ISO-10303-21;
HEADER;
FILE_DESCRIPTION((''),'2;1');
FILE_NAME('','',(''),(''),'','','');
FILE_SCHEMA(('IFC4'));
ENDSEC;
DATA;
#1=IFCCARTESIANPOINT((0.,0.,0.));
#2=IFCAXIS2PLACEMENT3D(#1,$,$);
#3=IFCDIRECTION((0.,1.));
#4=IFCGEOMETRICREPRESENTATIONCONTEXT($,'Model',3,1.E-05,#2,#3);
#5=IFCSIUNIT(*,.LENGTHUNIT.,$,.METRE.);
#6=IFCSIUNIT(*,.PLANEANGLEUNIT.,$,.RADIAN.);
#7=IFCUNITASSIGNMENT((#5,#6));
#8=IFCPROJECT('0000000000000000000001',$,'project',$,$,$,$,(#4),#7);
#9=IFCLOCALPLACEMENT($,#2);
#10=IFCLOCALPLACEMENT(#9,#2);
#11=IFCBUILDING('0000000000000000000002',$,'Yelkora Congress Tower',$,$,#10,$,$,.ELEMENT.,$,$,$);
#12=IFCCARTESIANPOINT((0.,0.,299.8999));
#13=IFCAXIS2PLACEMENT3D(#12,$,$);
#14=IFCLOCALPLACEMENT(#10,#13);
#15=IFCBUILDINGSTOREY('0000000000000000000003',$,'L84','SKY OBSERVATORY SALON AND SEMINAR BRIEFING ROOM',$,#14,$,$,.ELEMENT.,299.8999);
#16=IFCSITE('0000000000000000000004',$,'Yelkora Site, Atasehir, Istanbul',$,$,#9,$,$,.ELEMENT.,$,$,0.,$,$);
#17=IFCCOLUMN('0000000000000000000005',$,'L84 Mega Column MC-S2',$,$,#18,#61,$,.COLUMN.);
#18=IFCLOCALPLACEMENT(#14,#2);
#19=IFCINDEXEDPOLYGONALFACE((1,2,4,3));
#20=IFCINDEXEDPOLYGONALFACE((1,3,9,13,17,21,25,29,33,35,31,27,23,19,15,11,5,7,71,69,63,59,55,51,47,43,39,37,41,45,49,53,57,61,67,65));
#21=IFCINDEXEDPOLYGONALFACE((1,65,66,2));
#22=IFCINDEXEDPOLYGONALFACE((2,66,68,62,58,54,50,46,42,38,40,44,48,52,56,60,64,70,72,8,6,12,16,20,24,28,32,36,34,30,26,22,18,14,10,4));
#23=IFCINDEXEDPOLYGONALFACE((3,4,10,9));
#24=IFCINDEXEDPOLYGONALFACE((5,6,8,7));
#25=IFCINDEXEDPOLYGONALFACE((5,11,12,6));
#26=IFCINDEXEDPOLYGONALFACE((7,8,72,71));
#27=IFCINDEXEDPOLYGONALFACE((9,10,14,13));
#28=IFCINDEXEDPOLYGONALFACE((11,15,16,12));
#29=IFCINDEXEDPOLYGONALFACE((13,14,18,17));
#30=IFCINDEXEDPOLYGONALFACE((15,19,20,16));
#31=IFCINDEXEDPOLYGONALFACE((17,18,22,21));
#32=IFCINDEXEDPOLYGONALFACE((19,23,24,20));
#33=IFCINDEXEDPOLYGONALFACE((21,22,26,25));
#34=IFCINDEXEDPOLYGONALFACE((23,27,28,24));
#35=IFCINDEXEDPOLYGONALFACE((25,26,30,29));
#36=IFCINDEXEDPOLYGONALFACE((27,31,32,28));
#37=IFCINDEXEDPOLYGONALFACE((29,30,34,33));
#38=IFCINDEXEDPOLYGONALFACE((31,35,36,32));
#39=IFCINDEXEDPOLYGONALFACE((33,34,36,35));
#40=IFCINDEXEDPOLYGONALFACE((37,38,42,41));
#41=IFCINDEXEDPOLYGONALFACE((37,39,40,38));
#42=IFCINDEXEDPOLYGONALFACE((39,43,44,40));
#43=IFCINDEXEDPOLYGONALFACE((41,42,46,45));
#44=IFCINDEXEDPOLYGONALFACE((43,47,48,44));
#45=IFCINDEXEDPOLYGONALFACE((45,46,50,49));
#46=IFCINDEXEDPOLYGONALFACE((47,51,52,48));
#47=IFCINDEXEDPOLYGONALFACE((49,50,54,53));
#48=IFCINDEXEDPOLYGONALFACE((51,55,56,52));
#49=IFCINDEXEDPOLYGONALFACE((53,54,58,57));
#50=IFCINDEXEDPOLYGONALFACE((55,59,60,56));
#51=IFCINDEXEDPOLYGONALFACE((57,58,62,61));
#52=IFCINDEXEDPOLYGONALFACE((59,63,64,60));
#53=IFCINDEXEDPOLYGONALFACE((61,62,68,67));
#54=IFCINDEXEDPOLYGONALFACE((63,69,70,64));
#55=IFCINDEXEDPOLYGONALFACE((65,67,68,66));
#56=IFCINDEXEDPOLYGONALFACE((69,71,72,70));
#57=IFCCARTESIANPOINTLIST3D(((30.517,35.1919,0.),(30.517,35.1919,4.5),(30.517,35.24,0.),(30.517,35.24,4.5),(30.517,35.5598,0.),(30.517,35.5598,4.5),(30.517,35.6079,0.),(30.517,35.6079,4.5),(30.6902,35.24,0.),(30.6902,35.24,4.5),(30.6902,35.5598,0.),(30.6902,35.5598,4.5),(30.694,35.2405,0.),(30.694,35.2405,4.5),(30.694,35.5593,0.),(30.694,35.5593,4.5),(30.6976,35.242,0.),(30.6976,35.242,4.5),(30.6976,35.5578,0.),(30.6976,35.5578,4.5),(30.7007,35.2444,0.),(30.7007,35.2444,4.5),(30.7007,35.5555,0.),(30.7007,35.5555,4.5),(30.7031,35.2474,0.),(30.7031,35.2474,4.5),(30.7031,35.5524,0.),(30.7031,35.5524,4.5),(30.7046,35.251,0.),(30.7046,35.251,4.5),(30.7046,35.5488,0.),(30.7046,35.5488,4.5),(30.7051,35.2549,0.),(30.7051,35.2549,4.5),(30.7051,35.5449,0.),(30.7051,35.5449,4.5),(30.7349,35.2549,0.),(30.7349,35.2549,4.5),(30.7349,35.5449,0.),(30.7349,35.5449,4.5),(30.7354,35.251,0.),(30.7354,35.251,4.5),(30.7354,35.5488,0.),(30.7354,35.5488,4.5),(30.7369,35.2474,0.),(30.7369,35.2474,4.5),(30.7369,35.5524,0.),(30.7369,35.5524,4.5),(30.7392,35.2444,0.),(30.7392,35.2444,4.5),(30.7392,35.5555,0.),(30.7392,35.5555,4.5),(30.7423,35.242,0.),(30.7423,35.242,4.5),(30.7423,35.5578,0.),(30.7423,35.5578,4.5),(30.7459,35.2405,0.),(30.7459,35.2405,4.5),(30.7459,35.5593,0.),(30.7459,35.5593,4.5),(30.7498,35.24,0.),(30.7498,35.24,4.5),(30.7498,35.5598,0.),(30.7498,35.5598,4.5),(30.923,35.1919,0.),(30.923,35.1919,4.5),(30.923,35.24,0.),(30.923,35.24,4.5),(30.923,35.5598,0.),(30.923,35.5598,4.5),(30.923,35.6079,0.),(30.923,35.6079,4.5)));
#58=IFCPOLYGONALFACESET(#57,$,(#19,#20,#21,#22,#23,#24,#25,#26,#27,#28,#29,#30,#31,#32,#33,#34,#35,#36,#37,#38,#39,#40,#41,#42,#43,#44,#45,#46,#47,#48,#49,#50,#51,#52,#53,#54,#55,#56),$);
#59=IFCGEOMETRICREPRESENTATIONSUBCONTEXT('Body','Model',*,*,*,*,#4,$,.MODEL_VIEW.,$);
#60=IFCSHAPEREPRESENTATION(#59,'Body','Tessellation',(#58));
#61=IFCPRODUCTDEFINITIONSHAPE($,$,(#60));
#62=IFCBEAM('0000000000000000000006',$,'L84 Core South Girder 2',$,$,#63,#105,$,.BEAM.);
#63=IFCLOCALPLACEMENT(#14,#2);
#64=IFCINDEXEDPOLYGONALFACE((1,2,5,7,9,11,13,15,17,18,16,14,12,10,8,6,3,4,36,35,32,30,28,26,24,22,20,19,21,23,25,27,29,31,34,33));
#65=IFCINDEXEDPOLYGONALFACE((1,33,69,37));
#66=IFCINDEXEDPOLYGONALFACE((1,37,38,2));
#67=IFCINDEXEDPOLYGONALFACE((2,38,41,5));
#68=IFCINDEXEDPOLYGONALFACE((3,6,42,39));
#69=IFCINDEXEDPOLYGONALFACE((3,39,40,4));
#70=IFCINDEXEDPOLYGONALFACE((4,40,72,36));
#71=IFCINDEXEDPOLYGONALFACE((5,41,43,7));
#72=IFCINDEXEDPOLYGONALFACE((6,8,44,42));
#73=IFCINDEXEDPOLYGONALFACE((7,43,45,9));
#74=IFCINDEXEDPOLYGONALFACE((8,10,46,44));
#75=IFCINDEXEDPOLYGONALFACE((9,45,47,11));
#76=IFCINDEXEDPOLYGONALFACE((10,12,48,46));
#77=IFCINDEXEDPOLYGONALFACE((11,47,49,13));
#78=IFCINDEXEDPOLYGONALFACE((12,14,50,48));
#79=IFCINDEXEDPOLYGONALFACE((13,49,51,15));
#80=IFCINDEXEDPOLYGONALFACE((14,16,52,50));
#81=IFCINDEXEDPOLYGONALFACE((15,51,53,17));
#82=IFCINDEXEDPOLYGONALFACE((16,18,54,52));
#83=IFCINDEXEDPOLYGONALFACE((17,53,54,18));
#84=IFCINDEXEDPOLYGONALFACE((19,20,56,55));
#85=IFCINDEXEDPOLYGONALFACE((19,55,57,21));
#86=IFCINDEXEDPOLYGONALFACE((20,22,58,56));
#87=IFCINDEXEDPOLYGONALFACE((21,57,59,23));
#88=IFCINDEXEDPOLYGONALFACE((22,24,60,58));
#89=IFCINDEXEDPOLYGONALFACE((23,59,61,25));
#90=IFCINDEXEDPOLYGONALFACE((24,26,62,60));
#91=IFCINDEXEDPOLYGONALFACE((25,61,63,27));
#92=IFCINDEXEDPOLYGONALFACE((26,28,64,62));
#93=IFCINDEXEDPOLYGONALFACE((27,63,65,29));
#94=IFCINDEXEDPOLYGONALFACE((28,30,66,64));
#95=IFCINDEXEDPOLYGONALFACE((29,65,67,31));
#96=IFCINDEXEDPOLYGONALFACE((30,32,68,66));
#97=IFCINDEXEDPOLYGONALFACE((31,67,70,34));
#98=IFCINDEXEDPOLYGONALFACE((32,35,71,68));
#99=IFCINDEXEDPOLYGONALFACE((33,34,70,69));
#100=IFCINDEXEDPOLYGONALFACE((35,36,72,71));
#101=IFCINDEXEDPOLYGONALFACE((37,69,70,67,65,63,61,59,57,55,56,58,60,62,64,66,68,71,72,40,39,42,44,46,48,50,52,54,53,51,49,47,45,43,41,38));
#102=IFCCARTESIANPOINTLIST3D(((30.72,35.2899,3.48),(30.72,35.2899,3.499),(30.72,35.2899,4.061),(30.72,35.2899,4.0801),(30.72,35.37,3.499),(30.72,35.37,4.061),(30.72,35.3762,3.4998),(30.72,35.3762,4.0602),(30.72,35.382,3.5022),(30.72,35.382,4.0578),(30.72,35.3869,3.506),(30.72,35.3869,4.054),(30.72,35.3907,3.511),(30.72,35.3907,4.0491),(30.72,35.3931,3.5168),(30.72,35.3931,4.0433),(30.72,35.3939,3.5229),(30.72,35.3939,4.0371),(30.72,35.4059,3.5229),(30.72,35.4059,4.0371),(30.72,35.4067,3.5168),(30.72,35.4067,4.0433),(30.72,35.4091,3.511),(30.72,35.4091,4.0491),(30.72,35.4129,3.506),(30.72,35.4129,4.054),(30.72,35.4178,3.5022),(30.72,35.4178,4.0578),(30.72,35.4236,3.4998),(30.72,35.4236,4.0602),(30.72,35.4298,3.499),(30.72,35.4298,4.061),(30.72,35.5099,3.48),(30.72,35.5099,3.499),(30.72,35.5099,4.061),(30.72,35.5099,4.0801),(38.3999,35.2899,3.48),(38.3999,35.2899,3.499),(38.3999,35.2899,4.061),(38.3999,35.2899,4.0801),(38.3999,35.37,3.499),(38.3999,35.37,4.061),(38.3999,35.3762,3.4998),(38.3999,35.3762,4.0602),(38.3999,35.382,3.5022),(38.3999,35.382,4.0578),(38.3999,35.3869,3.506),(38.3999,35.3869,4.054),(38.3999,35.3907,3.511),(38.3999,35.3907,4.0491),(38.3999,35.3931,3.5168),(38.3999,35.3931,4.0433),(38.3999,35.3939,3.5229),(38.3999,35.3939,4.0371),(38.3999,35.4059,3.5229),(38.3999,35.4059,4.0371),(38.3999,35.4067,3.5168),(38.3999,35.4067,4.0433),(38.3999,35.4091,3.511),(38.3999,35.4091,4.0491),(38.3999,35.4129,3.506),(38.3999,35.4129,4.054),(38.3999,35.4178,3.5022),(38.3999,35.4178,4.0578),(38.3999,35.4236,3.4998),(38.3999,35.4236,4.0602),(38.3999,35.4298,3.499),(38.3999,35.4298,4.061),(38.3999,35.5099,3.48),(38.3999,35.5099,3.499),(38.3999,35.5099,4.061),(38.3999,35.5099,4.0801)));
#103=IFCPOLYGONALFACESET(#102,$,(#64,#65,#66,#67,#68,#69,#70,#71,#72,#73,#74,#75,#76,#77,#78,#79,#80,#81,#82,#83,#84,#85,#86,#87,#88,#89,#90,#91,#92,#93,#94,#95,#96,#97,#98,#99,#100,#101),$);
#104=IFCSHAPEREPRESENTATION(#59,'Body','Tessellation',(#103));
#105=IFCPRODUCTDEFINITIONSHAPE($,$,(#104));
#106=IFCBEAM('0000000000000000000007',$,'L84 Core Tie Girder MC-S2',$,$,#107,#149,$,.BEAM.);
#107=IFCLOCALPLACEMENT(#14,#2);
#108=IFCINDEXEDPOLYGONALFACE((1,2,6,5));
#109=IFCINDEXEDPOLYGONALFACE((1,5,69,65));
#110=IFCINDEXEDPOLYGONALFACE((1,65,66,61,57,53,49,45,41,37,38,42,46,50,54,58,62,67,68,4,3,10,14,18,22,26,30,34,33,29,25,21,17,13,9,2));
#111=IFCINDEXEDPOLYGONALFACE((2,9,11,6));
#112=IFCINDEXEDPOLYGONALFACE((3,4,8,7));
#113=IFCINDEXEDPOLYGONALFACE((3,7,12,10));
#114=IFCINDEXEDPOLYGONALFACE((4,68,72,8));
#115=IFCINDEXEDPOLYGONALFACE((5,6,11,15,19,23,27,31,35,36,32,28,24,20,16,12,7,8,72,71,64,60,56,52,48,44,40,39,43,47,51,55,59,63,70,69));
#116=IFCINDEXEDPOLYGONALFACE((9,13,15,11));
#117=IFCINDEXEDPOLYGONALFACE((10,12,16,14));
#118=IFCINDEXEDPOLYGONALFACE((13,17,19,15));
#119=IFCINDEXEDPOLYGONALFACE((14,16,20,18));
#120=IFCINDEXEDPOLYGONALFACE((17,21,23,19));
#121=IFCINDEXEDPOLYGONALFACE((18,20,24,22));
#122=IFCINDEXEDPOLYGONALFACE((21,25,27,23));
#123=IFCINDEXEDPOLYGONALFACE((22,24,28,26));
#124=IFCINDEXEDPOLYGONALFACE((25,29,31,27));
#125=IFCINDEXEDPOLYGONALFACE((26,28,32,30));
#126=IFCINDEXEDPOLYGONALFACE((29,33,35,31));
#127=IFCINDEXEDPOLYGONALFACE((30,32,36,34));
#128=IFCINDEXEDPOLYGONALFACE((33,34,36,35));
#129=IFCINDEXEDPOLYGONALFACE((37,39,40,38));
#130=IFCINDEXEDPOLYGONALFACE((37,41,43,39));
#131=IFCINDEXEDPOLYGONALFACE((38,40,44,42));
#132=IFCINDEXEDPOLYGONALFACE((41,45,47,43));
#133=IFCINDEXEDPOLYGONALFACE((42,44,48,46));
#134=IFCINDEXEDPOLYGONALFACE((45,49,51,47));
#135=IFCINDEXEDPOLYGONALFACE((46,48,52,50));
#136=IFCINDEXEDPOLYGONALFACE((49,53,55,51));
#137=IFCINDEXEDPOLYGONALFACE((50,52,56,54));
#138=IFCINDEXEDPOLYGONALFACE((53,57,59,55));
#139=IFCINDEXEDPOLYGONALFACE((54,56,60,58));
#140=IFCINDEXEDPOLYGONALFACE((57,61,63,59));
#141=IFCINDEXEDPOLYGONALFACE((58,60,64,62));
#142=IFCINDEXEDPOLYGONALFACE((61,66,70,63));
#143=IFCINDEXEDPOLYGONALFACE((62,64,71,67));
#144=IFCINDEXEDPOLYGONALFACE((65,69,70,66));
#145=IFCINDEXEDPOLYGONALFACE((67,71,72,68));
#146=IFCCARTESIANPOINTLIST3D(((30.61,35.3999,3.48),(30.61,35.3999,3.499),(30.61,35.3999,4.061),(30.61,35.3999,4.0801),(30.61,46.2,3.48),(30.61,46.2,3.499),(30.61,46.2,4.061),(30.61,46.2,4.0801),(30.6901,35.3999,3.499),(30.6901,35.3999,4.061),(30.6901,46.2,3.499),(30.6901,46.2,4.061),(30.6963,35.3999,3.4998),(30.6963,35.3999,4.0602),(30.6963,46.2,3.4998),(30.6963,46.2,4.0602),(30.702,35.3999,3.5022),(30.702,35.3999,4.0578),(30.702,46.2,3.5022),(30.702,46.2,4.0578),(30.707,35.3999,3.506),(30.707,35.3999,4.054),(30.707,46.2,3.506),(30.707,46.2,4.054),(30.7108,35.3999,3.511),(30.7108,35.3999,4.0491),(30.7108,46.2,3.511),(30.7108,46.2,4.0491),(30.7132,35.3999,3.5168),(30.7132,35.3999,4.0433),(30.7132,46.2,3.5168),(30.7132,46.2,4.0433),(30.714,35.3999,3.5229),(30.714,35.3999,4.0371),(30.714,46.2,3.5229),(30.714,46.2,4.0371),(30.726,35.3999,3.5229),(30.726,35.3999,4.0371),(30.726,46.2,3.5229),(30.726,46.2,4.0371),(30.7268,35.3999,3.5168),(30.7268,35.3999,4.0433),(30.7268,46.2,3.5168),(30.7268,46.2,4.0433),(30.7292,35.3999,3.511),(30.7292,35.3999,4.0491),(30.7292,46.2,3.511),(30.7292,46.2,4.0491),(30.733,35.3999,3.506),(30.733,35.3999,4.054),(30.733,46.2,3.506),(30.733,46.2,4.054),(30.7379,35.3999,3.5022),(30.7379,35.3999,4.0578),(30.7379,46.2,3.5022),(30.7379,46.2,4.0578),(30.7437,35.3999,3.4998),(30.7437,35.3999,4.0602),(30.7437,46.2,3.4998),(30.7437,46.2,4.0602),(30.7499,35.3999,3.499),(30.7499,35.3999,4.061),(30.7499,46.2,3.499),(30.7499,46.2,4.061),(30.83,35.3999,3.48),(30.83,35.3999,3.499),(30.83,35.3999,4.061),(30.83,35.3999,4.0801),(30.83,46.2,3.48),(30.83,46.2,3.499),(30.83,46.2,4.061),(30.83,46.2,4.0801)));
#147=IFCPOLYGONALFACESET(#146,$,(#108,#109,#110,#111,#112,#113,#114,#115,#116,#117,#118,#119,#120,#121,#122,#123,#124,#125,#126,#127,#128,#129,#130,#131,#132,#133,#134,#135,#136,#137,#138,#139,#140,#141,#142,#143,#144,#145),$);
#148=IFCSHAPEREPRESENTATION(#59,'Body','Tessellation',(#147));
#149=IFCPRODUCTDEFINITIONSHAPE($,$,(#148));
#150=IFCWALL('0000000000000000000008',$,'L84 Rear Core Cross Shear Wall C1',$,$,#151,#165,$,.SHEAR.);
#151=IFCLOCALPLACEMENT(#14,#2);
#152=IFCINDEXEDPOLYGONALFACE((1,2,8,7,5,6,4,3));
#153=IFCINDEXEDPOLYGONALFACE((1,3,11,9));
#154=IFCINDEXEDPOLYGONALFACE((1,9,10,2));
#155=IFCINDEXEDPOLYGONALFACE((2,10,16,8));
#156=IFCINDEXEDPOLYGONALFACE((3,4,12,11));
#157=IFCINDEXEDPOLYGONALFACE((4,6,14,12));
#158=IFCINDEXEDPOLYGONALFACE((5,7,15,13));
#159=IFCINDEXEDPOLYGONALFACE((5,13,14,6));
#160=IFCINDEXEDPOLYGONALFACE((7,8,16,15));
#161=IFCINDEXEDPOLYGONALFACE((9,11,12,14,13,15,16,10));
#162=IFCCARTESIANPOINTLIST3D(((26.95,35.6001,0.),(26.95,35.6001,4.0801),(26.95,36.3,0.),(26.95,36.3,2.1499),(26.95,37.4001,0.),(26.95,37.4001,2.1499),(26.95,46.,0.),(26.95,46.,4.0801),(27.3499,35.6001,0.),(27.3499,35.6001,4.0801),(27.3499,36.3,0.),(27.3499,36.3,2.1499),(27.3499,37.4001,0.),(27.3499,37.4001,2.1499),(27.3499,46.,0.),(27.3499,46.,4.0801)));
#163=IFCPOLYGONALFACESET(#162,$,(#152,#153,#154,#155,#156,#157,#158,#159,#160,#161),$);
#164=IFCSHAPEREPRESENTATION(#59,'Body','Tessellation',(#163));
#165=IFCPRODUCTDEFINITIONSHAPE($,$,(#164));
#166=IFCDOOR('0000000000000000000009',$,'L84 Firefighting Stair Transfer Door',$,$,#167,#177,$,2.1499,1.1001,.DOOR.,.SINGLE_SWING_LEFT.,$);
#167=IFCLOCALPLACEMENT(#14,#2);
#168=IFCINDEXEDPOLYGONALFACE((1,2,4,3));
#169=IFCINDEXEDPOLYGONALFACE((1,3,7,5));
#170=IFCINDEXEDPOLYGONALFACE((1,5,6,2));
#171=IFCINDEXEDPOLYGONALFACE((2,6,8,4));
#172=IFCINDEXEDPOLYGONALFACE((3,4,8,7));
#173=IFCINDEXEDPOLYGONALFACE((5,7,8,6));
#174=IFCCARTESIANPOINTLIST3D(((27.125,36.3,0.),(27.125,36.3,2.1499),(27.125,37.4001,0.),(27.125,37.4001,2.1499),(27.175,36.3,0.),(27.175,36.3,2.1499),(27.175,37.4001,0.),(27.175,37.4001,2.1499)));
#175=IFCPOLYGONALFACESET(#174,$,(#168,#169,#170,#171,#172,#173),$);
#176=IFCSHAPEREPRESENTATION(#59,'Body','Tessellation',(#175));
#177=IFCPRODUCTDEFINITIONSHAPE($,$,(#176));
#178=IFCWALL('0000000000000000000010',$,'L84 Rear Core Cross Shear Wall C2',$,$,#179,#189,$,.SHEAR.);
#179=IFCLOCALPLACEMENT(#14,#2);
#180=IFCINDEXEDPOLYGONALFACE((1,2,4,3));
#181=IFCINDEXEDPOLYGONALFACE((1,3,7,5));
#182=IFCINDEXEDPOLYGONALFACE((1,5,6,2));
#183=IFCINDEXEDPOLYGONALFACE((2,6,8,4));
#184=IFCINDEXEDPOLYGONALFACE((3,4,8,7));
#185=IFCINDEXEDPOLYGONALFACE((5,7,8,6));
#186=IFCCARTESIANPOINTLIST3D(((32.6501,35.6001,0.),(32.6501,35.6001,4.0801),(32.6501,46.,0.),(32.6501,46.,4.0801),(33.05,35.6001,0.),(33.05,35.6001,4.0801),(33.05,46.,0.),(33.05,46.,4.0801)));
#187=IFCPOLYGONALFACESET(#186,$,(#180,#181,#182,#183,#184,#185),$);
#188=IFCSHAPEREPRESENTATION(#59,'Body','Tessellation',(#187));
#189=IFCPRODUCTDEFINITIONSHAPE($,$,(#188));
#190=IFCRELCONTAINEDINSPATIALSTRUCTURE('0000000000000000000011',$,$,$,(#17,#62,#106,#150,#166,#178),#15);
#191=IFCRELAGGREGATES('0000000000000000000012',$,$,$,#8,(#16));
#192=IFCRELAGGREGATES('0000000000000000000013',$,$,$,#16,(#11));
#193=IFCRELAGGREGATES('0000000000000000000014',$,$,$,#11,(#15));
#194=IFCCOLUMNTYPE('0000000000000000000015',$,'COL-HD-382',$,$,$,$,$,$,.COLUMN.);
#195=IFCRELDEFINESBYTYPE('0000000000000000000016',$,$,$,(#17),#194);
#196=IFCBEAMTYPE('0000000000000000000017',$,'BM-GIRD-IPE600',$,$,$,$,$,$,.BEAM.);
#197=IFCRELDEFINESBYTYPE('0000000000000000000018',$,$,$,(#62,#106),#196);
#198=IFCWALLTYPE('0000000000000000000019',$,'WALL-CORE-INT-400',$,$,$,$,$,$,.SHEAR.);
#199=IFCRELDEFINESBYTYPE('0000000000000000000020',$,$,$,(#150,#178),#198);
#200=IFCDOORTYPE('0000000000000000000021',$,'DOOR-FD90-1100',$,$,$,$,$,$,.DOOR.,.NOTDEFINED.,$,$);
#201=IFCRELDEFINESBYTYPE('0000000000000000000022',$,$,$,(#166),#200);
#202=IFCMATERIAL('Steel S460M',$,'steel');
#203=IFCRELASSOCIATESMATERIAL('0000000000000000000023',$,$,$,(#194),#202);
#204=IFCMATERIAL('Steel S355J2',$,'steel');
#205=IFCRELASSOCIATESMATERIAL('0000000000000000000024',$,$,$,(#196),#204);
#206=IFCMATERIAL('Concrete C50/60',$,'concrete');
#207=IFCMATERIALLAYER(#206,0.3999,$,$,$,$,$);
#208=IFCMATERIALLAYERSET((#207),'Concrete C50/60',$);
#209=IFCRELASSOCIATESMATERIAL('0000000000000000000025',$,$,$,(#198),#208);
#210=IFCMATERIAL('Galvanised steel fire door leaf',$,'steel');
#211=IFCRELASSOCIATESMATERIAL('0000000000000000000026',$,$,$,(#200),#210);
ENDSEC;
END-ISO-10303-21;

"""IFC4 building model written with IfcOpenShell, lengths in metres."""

from ifc_helpers import new_model, si_unit, direction, frame, frame_2d, origin, origin_2d, place, context, subcontext, project, spatial, rectangle, i_section, extrude, material, layer, layer_set, material_profile, profile_set, type_object, element, fill, save


model = new_model("IFC4")

# Units and contexts
model_context = context("Model", 3, precision=1e-05, world=origin(), true_north=direction((0.0, 1.0)))
body_context = subcontext(model_context, "Body", "Model", "MODEL_VIEW")
ifc_project = project(units=[si_unit("LENGTHUNIT", "METRE"), si_unit("PLANEANGLEUNIT", "RADIAN")], contexts=[model_context])

# Site, building, storey
site_placement = place(None, origin())
site = spatial("IfcSite", under=ifc_project, at=site_placement, Name="Yelkora Site, Atasehir, Istanbul", CompositionType="ELEMENT", RefElevation=0.0)
building_placement = place(site_placement, origin())
building = spatial("IfcBuilding", under=site, at=building_placement, Name="Yelkora Congress Tower", CompositionType="ELEMENT")
storey_placement = place(building_placement, frame((0.0, 0.0, 299.8999)))
storey = spatial("IfcBuildingStorey", under=building, at=storey_placement, Name="L84", Description="SKY OBSERVATORY SALON AND SEMINAR BRIEFING ROOM", CompositionType="ELEMENT", Elevation=299.8999)

# Column
ifc_material_1 = material(Name="Steel S460M", Category="steel")
ifc_material_profile_1 = material_profile(ifc_material_1, i_section(OverallWidth=0.406, OverallDepth=0.416, WebThickness=0.0298, FlangeThickness=0.0481, FilletRadius=0.0149, at=origin_2d()), Name="HD 400x382")
ifc_profile_set_1 = profile_set([ifc_material_profile_1], Name="Steel S460M")
column_type = type_object("IfcColumnType", Name="COL-HD-382", PredefinedType="COLUMN", material=ifc_profile_set_1)
column_placement = place(storey_placement, frame((30.72, 35.3999, 0.0), z_axis=(0.0, 0.0, 1.0), x_axis=(1.0, 0.0, 0.0)))
element("IfcColumn", 1, at=column_placement, inside=storey, type_object=column_type, Name="L84 Mega Column MC-S2", PredefinedType="COLUMN", context=body_context, shape_type="SweptSolid", body=[
    extrude(i_section(OverallWidth=0.406, OverallDepth=0.416, WebThickness=0.0298, FlangeThickness=0.0481, FilletRadius=0.0149, at=origin_2d()), origin(), (0.0, 0.0, 1.0), 4.5),
])

# Beams
ifc_material_2 = material(Name="Steel S355J2", Category="steel")
ifc_material_profile_2 = material_profile(ifc_material_2, i_section(OverallWidth=0.22, OverallDepth=0.6001, WebThickness=0.012, FlangeThickness=0.019, FilletRadius=0.0239, at=origin_2d()), Name="IPE 600")
ifc_profile_set_2 = profile_set([ifc_material_profile_2], Name="Steel S355J2")
beam_type = type_object("IfcBeamType", Name="BM-GIRD-IPE600", PredefinedType="BEAM", material=ifc_profile_set_2)
beam_1_placement = place(storey_placement, frame((30.72, 35.3999, 3.78), z_axis=(1.0, 0.0, 0.0), x_axis=(0.0, 1.0, 0.0)))
element("IfcBeam", 2, at=beam_1_placement, inside=storey, type_object=beam_type, Name="L84 Core South Girder 2", PredefinedType="BEAM", context=body_context, shape_type="SweptSolid", body=[
    extrude(i_section(OverallWidth=0.22, OverallDepth=0.6001, WebThickness=0.012, FlangeThickness=0.019, FilletRadius=0.0239, at=origin_2d()), origin(), (0.0, 0.0, 1.0), 7.6799),
])
beam_2_placement = place(storey_placement, frame((30.72, 35.3999, 3.78), z_axis=(0.0, 1.0, 0.0), x_axis=(-1.0, 0.0, 0.0)))
element("IfcBeam", 3, at=beam_2_placement, inside=storey, type_object=beam_type, Name="L84 Core Tie Girder MC-S2", PredefinedType="BEAM", context=body_context, shape_type="SweptSolid", body=[
    extrude(i_section(OverallWidth=0.22, OverallDepth=0.6001, WebThickness=0.012, FlangeThickness=0.019, FilletRadius=0.0239, at=origin_2d()), origin(), (0.0, 0.0, 1.0), 10.8),
])

# Wall, opening, door
ifc_material_3 = material(Name="Concrete C50/60", Category="concrete")
ifc_layer_1 = layer(ifc_material_3, 0.3999)
ifc_layer_set_1 = layer_set([ifc_layer_1], Name="Concrete C50/60")
wall_type_1 = type_object("IfcWallType", Name="WALL-CORE-INT-400", PredefinedType="SHEAR", material=ifc_layer_set_1)
wall_1_placement = place(storey_placement, frame((27.1499, 35.6001, 0.0), z_axis=(0.0, 0.0, 1.0), x_axis=(0.0, 1.0, 0.0)))
wall_1 = element("IfcWall", 4, at=wall_1_placement, inside=storey, type_object=wall_type_1, Name="L84 Rear Core Cross Shear Wall C1", PredefinedType="SHEAR", context=body_context, shape_type="SweptSolid", body=[
    extrude(rectangle(XDim=10.3999, YDim=0.3999, at=frame_2d((5.2, 0.0))), origin(), (0.0, 0.0, 1.0), 4.0801),
])
opening_1_placement = place(wall_1_placement, frame((0.7, 0.0, 0.0)))
opening_1 = element("IfcOpeningElement", 5, at=opening_1_placement, cuts=wall_1, PredefinedType="OPENING", context=body_context, shape_type="SweptSolid", body=[
    extrude(rectangle(XDim=1.1001, YDim=2.1499, at=frame_2d((0.55, 1.075))), frame((0.0, 0.21, 0.0), z_axis=(0.0, -1.0, 0.0), x_axis=(1.0, 0.0, 0.0)), (0.0, 0.0, 1.0), 0.4199),
])
ifc_material_4 = material(Name="Galvanised steel fire door leaf", Category="steel")
door_type_1 = type_object("IfcDoorType", Name="DOOR-FD90-1100", OperationType="NOTDEFINED", PredefinedType="DOOR", material=ifc_material_4)
door_1_placement = place(opening_1_placement, origin())
door_1 = element("IfcDoor", 6, at=door_1_placement, inside=storey, type_object=door_type_1, Name="L84 Firefighting Stair Transfer Door", OperationType="SINGLE_SWING_LEFT", OverallHeight=2.1499, OverallWidth=1.1001, PredefinedType="DOOR", context=body_context, shape_type="SweptSolid", body=[
    extrude(rectangle(XDim=1.1001, YDim=2.1499, at=frame_2d((0.55, 1.075))), frame((0.0, 0.0249, 0.0), z_axis=(0.0, -1.0, 0.0), x_axis=(1.0, 0.0, 0.0)), (0.0, 0.0, 1.0), 0.05),
])
fill(opening_1, door_1)

# Wall
wall_2_placement = place(storey_placement, frame((32.8501, 35.6001, 0.0), z_axis=(0.0, 0.0, 1.0), x_axis=(0.0, 1.0, 0.0)))
element("IfcWall", 7, at=wall_2_placement, inside=storey, type_object=wall_type_1, Name="L84 Rear Core Cross Shear Wall C2", PredefinedType="SHEAR", context=body_context, shape_type="SweptSolid", body=[
    extrude(rectangle(XDim=10.3999, YDim=0.3999, at=frame_2d((5.2, 0.0))), origin(), (0.0, 0.0, 1.0), 4.0801),
])

save(model, "model.ifc")
